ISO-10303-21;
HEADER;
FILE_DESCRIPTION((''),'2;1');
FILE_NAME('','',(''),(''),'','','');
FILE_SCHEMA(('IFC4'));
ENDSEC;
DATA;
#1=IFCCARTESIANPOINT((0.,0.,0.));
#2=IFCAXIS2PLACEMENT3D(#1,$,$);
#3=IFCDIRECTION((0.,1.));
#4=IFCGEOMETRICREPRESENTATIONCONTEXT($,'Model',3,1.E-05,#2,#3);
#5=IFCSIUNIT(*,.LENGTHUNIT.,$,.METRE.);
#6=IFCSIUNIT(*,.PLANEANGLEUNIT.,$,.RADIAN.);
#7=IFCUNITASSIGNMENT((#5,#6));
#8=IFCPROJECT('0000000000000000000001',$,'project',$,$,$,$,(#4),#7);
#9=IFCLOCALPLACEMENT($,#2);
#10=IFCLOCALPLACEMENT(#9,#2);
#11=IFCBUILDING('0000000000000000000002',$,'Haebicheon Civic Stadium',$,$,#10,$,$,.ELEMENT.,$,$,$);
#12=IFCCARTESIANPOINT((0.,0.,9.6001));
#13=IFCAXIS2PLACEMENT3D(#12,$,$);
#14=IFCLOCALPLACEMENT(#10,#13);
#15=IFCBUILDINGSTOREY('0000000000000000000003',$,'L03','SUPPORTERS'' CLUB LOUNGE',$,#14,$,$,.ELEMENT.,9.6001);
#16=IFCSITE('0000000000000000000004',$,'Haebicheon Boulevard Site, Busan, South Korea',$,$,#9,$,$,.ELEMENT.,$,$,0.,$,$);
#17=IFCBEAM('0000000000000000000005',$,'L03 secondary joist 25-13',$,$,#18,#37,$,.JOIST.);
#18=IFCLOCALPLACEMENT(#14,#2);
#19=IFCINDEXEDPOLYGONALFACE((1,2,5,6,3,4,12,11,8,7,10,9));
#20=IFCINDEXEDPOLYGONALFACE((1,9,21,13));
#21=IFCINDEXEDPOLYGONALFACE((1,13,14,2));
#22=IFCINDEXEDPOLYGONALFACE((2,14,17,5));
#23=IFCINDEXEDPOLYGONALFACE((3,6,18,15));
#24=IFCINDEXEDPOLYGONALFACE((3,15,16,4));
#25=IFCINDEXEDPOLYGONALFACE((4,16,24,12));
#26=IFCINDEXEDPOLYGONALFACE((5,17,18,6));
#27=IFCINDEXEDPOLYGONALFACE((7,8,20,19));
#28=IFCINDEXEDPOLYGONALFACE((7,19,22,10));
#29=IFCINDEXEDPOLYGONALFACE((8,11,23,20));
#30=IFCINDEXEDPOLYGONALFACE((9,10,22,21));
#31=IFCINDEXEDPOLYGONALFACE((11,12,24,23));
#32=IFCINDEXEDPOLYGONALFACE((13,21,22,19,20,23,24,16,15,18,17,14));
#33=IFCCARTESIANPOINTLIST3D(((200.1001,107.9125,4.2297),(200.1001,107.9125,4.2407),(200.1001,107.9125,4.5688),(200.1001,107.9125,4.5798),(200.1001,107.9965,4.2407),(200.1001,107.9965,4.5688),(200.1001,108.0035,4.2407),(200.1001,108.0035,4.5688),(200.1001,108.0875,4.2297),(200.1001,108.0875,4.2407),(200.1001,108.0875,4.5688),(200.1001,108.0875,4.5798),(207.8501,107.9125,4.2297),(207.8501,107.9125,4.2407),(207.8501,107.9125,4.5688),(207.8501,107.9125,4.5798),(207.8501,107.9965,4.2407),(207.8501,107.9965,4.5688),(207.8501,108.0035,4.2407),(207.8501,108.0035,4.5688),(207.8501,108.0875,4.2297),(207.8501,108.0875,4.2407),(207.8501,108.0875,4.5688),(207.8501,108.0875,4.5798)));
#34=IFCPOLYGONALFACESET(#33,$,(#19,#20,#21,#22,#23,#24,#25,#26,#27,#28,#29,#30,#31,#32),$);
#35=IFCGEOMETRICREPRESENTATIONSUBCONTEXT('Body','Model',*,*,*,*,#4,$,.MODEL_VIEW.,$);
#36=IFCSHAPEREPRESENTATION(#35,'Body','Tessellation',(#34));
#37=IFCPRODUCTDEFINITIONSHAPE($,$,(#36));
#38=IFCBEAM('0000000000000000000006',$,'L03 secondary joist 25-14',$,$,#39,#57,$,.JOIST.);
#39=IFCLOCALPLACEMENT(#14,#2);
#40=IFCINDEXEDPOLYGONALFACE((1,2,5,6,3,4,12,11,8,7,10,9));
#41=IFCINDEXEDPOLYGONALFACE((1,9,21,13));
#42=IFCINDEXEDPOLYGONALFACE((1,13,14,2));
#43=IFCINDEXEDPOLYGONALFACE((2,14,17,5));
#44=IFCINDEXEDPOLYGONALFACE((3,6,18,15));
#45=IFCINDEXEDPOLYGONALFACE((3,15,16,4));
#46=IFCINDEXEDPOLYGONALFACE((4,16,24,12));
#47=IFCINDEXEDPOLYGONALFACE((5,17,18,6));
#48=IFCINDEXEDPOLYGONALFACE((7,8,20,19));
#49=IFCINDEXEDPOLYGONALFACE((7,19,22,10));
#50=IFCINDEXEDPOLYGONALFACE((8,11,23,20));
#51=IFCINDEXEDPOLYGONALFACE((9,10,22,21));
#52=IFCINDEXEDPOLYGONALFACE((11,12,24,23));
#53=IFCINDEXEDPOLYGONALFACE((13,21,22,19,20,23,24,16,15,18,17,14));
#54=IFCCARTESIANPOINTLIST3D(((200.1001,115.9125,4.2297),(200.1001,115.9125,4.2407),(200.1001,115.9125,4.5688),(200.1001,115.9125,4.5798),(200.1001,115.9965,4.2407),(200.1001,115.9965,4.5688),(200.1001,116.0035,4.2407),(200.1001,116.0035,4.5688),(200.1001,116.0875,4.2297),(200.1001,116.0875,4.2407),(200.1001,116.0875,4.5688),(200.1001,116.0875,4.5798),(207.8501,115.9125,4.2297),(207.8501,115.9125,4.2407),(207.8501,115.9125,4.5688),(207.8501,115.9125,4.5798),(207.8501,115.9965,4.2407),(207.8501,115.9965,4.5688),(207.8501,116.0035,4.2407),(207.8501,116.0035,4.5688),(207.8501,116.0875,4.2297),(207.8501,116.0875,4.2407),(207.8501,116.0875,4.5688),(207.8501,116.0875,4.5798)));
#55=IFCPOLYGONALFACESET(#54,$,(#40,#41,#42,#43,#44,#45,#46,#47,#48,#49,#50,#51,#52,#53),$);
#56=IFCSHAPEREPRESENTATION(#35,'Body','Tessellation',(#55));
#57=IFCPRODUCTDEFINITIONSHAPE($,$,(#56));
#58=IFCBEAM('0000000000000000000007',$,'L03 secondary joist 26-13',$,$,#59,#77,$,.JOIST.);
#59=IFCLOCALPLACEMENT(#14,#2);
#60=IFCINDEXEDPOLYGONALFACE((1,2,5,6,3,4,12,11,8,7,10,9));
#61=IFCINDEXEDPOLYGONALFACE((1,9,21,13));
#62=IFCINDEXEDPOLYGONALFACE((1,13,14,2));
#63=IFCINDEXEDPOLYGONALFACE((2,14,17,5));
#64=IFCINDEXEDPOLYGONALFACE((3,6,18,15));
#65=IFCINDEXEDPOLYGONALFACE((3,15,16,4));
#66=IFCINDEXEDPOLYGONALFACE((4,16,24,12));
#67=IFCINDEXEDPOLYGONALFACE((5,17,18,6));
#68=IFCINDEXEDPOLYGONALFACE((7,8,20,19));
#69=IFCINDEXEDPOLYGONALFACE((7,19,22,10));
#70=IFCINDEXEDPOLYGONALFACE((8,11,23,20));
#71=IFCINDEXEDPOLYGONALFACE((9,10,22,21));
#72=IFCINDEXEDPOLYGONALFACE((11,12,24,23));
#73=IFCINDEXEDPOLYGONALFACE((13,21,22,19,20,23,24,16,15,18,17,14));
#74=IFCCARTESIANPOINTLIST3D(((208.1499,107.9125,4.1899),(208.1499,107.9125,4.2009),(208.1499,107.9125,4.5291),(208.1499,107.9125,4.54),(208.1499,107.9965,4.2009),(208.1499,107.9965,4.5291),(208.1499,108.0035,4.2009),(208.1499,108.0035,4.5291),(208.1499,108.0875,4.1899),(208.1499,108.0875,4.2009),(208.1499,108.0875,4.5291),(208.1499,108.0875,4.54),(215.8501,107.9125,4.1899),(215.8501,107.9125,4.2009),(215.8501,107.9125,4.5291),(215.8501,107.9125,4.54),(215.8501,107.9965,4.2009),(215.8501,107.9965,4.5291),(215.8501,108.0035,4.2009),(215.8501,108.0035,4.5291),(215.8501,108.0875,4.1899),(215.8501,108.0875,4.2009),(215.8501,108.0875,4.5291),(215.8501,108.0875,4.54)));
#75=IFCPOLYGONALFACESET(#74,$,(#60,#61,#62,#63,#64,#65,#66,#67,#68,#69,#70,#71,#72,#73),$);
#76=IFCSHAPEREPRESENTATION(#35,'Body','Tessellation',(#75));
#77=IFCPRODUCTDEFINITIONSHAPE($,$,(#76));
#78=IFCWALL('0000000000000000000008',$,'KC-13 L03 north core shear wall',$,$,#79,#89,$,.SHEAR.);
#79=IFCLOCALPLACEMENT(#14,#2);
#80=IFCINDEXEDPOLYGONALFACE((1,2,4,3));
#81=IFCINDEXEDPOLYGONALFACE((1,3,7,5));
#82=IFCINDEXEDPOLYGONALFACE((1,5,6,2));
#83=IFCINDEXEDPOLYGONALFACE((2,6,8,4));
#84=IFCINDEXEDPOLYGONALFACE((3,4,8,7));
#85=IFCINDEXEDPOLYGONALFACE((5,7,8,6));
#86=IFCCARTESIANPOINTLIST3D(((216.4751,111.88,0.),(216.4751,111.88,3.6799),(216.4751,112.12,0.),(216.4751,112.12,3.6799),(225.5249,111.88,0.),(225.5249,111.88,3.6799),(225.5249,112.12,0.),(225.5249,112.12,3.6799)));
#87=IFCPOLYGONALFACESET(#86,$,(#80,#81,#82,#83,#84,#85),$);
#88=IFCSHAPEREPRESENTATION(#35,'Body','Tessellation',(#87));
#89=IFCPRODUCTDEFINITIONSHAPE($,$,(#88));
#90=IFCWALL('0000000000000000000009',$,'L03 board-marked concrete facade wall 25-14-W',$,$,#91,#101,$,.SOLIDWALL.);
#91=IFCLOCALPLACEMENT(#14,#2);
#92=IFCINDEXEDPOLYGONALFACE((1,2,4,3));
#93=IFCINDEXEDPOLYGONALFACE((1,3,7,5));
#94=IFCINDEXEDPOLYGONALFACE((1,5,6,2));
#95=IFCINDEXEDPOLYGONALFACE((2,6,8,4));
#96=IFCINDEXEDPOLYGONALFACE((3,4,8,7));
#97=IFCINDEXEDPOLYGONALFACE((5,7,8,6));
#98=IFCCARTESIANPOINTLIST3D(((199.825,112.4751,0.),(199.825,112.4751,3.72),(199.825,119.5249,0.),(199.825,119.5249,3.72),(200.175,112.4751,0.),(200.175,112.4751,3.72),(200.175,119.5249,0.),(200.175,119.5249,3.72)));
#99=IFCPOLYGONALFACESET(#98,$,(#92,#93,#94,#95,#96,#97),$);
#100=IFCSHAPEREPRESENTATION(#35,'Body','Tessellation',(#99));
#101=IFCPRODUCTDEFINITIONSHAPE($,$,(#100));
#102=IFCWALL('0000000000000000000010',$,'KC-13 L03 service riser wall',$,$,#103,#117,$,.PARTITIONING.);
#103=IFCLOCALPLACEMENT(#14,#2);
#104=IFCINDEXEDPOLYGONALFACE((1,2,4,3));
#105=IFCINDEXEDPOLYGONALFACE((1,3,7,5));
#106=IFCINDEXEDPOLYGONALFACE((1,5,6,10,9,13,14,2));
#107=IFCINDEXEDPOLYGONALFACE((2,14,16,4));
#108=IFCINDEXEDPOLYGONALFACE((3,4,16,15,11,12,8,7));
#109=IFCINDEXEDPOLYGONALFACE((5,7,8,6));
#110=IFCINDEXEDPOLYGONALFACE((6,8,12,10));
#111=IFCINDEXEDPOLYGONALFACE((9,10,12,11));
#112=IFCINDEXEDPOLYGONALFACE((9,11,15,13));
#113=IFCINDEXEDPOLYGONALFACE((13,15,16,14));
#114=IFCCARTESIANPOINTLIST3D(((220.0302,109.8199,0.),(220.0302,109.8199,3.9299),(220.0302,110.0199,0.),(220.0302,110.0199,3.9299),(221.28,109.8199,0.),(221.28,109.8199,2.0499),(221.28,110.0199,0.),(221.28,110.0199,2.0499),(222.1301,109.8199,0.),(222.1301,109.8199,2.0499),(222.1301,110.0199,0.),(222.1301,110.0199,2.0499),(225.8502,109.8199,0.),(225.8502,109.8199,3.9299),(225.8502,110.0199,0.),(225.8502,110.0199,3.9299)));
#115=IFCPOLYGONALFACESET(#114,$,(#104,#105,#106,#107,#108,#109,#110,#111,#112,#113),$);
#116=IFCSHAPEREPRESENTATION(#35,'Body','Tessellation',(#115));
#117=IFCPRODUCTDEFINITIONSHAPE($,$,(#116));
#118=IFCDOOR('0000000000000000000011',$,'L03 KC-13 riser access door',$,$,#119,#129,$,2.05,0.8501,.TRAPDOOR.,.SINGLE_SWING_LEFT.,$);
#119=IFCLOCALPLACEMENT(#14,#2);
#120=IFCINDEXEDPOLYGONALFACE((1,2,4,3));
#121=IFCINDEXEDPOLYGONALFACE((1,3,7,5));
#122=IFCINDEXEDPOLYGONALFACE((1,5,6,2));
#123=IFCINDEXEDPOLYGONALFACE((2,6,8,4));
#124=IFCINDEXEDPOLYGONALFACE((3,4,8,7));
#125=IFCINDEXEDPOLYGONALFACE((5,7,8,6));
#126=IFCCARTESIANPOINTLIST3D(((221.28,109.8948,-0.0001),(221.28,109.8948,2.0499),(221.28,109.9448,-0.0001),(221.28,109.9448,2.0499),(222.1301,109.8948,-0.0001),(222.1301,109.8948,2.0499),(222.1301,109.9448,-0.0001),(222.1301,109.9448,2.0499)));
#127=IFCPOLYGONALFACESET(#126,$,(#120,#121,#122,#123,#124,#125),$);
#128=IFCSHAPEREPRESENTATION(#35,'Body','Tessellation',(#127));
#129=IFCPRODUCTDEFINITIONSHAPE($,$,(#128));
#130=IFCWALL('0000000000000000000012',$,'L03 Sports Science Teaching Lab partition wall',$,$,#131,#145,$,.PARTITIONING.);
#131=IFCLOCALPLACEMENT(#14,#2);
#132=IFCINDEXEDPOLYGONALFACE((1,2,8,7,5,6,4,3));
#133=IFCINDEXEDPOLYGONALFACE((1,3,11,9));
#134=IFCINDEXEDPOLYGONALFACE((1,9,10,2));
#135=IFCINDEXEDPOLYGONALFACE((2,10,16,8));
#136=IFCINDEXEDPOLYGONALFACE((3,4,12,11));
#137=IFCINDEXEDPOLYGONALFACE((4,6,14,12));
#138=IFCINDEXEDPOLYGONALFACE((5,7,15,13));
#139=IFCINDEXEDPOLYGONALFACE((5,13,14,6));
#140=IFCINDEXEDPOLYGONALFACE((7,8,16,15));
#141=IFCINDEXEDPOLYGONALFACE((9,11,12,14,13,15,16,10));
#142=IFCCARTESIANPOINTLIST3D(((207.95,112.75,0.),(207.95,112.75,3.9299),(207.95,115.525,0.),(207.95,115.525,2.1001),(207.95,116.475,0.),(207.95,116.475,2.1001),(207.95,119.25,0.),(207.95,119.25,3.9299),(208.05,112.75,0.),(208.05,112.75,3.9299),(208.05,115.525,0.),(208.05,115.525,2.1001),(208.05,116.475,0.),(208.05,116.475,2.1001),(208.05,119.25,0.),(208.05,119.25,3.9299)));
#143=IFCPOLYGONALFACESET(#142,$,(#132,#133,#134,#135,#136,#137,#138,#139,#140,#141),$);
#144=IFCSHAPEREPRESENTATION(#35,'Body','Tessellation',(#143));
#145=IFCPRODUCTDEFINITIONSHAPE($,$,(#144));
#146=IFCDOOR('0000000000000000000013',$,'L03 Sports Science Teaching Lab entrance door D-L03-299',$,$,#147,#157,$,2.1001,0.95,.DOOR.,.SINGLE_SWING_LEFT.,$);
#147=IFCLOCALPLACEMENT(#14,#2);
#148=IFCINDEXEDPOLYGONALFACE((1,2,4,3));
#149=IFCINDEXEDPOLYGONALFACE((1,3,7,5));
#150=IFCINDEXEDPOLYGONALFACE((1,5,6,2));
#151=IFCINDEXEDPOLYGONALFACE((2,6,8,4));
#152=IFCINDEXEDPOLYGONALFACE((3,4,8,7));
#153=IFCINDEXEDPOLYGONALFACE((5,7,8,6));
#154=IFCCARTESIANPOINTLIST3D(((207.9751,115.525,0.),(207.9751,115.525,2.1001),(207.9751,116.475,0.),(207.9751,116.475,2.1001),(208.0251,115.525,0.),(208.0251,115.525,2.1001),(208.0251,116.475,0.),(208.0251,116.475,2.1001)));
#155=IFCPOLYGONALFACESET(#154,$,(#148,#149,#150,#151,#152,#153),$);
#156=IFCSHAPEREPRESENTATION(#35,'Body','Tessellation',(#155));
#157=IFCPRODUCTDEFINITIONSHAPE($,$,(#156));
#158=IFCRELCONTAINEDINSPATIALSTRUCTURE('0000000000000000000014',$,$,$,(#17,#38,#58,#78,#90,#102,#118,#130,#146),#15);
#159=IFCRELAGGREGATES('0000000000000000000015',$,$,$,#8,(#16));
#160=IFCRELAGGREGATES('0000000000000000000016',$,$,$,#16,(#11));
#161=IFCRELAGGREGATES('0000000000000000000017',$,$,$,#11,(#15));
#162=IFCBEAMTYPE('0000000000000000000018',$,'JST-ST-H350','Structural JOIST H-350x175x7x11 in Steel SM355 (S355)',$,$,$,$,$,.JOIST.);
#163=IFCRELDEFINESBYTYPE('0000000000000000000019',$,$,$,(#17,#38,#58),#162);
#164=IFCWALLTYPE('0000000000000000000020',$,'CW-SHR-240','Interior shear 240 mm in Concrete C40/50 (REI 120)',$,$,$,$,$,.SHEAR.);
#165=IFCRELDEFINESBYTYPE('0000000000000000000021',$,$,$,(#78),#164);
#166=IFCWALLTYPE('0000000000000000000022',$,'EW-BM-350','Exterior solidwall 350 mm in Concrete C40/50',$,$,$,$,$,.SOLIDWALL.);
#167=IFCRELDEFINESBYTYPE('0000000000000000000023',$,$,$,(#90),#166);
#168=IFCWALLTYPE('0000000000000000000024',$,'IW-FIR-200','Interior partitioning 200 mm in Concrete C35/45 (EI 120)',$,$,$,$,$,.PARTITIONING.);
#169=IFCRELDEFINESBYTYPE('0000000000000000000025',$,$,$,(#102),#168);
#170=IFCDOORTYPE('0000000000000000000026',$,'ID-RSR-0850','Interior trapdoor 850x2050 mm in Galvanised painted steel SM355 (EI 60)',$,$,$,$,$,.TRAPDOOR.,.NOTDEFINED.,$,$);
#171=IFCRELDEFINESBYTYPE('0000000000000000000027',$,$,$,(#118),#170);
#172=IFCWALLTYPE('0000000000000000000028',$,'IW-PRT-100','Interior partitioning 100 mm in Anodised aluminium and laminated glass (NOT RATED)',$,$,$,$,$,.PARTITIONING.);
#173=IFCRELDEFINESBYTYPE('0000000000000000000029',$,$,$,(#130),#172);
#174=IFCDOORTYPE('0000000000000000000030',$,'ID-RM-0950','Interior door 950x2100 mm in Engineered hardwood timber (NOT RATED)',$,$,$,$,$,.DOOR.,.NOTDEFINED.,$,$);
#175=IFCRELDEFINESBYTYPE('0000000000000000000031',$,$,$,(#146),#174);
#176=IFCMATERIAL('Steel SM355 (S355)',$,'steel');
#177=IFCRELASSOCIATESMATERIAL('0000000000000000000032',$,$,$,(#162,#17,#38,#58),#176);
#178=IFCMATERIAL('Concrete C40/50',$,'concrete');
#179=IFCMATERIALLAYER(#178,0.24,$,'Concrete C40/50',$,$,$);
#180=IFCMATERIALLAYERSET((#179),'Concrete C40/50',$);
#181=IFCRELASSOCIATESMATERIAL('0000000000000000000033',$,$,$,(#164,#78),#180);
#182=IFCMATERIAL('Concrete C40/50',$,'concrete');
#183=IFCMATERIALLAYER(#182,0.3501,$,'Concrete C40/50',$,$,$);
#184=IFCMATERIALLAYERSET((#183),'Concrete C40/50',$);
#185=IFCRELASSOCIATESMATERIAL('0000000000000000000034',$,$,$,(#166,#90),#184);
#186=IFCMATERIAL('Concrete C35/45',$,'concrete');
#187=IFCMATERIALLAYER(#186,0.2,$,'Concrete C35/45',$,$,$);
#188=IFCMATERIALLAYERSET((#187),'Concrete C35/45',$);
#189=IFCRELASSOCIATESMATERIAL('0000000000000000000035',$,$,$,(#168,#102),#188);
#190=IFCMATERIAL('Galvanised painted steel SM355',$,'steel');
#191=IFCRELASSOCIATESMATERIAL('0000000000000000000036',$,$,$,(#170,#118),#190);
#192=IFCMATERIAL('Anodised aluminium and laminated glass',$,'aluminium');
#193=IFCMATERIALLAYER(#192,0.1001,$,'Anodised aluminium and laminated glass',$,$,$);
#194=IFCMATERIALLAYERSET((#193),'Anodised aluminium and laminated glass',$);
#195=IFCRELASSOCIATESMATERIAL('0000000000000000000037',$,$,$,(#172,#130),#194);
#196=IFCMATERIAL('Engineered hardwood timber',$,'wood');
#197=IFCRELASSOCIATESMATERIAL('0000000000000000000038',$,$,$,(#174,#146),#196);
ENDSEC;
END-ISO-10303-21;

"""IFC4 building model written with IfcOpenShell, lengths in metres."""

from ifc_helpers import new_model, si_unit, direction, frame, frame_2d, origin, origin_2d, place, context, subcontext, project, spatial, rectangle, i_section, extrude, material, layer, layer_set, material_profile, profile_set, type_object, element, fill, save


model = new_model("IFC4")

# Units and contexts
model_context = context("Model", 3, precision=1e-05, world=origin(), true_north=direction((0.0, 1.0)))
body_context = subcontext(model_context, "Body", "Model", "MODEL_VIEW")
ifc_project = project(units=[si_unit("LENGTHUNIT", "METRE"), si_unit("PLANEANGLEUNIT", "RADIAN")], contexts=[model_context])

# Site, building, storey
site_placement = place(None, origin())
site = spatial("IfcSite", under=ifc_project, at=site_placement, Name="Haebicheon Boulevard Site, Busan, South Korea", CompositionType="ELEMENT", RefElevation=0.0)
building_placement = place(site_placement, origin())
building = spatial("IfcBuilding", under=site, at=building_placement, Name="Haebicheon Civic Stadium", CompositionType="ELEMENT")
storey_placement = place(building_placement, frame((0.0, 0.0, 9.6001)))
storey = spatial("IfcBuildingStorey", under=building, at=storey_placement, Name="L03", Description="SUPPORTERS' CLUB LOUNGE", CompositionType="ELEMENT", Elevation=9.6001)

# Beams
ifc_material_1 = material(Name="Steel SM355 (S355)", Category="steel")
ifc_material_profile_1 = material_profile(ifc_material_1, i_section(OverallWidth=0.175, OverallDepth=0.3501, WebThickness=0.0071, FlangeThickness=0.011, at=origin_2d()), Name="H-350x175x7x11")
ifc_profile_set_1 = profile_set([ifc_material_profile_1], Name="Steel SM355 (S355)")
beam_type_1 = type_object("IfcBeamType", Name="JST-ST-H350", Description="Structural JOIST H-350x175x7x11 in Steel SM355 (S355)", PredefinedType="JOIST", material=ifc_profile_set_1)
for number, where, z_axis, x_axis, name in (
    (1, (200.1001, 108.0, 4.4048), (1.0, 0.0, 0.0), (0.0, 1.0, 0.0), "L03 secondary joist 25-13"),
    (2, (200.1001, 116.0, 4.4048), (1.0, 0.0, 0.0), (0.0, 1.0, 0.0), "L03 secondary joist 25-14"),
):
    element("IfcBeam", number, at=place(storey_placement, frame(where, z_axis=z_axis, x_axis=x_axis)), inside=storey, type_object=beam_type_1, material=ifc_profile_set_1, Name=name, PredefinedType="JOIST", context=body_context, shape_type="SweptSolid", body=[
        extrude(i_section(OverallWidth=0.175, OverallDepth=0.3501, WebThickness=0.0071, FlangeThickness=0.011, at=origin_2d()), origin(), (0.0, 0.0, 1.0), 7.75),
    ])
beam_1_placement = place(storey_placement, frame((208.1499, 108.0, 4.365), z_axis=(1.0, 0.0, 0.0), x_axis=(0.0, 1.0, 0.0)))
element("IfcBeam", 3, at=beam_1_placement, inside=storey, type_object=beam_type_1, material=ifc_profile_set_1, Name="L03 secondary joist 26-13", PredefinedType="JOIST", context=body_context, shape_type="SweptSolid", body=[
    extrude(i_section(OverallWidth=0.175, OverallDepth=0.3501, WebThickness=0.0071, FlangeThickness=0.011, at=origin_2d()), origin(), (0.0, 0.0, 1.0), 7.7002),
])

# Walls
ifc_material_2 = material(Name="Concrete C40/50", Category="concrete")
ifc_layer_1 = layer(ifc_material_2, 0.24, Name="Concrete C40/50")
ifc_layer_set_1 = layer_set([ifc_layer_1], Name="Concrete C40/50")
wall_type_1 = type_object("IfcWallType", Name="CW-SHR-240", Description="Interior shear 240 mm in Concrete C40/50 (REI 120)", PredefinedType="SHEAR", material=ifc_layer_set_1)
wall_1_placement = place(storey_placement, frame((216.4751, 112.0, 0.0), z_axis=(0.0, 0.0, 1.0), x_axis=(1.0, 0.0, 0.0)))
element("IfcWall", 4, at=wall_1_placement, inside=storey, type_object=wall_type_1, material=ifc_layer_set_1, Name="KC-13 L03 north core shear wall", PredefinedType="SHEAR", context=body_context, shape_type="SweptSolid", body=[
    extrude(rectangle(XDim=9.0498, YDim=0.24, at=frame_2d((4.5249, 0.0))), origin(), (0.0, 0.0, 1.0), 3.6799),
])
ifc_material_3 = material(Name="Concrete C40/50", Category="concrete")
ifc_layer_2 = layer(ifc_material_3, 0.3501, Name="Concrete C40/50")
ifc_layer_set_2 = layer_set([ifc_layer_2], Name="Concrete C40/50")
wall_type_2 = type_object("IfcWallType", Name="EW-BM-350", Description="Exterior solidwall 350 mm in Concrete C40/50", PredefinedType="SOLIDWALL", material=ifc_layer_set_2)
wall_2_placement = place(storey_placement, frame((200.0, 112.4751, 0.0), z_axis=(0.0, 0.0, 1.0), x_axis=(0.0, 1.0, 0.0)))
element("IfcWall", 5, at=wall_2_placement, inside=storey, type_object=wall_type_2, material=ifc_layer_set_2, Name="L03 board-marked concrete facade wall 25-14-W", PredefinedType="SOLIDWALL", context=body_context, shape_type="SweptSolid", body=[
    extrude(rectangle(XDim=7.0498, YDim=0.3501, at=frame_2d((3.5249, 0.0))), origin(), (0.0, 0.0, 1.0), 3.72),
])

# Walls, openings, doors
ifc_material_4 = material(Name="Concrete C35/45", Category="concrete")
ifc_layer_3 = layer(ifc_material_4, 0.2, Name="Concrete C35/45")
ifc_layer_set_3 = layer_set([ifc_layer_3], Name="Concrete C35/45")
wall_type_3 = type_object("IfcWallType", Name="IW-FIR-200", Description="Interior partitioning 200 mm in Concrete C35/45 (EI 120)", PredefinedType="PARTITIONING", material=ifc_layer_set_3)
wall_3_placement = place(storey_placement, frame((220.03, 109.9199, 0.0), z_axis=(0.0, 0.0, 1.0), x_axis=(1.0, 0.0, 0.0)))
wall_3 = element("IfcWall", 6, at=wall_3_placement, inside=storey, type_object=wall_type_3, material=ifc_layer_set_3, Name="KC-13 L03 service riser wall", PredefinedType="PARTITIONING", context=body_context, shape_type="SweptSolid", body=[
    extrude(rectangle(XDim=5.8201, YDim=0.2, at=frame_2d((2.9102, 0.0))), origin(), (0.0, 0.0, 1.0), 3.9299),
])
opening_1_placement = place(wall_3_placement, frame((1.25, 0.0, 0.0)))
opening_1 = element("IfcOpeningElement", 7, at=opening_1_placement, cuts=wall_3, PredefinedType="OPENING", context=body_context, shape_type="SweptSolid", body=[
    extrude(rectangle(XDim=0.8501, YDim=2.05, at=frame_2d((0.425, 1.0249))), frame((0.0, 0.1099, 0.0), z_axis=(0.0, -1.0, 0.0), x_axis=(1.0, 0.0, 0.0)), (0.0, 0.0, 1.0), 0.22),
])
ifc_material_5 = material(Name="Galvanised painted steel SM355", Category="steel")
door_type_1 = type_object("IfcDoorType", Name="ID-RSR-0850", Description="Interior trapdoor 850x2050 mm in Galvanised painted steel SM355 (EI 60)", OperationType="NOTDEFINED", PredefinedType="TRAPDOOR", material=ifc_material_5)
door_1_placement = place(opening_1_placement, origin())
door_1 = element("IfcDoor", 8, at=door_1_placement, inside=storey, type_object=door_type_1, material=ifc_material_5, Name="L03 KC-13 riser access door", OperationType="SINGLE_SWING_LEFT", OverallHeight=2.05, OverallWidth=0.8501, PredefinedType="TRAPDOOR", context=body_context, shape_type="SweptSolid", body=[
    extrude(rectangle(XDim=0.8501, YDim=2.05, at=frame_2d((0.425, 1.0249))), frame((0.0, 0.0249, 0.0), z_axis=(0.0, -1.0, 0.0), x_axis=(1.0, 0.0, 0.0)), (0.0, 0.0, 1.0), 0.05),
])
fill(opening_1, door_1)
ifc_material_6 = material(Name="Anodised aluminium and laminated glass", Category="aluminium")
ifc_layer_4 = layer(ifc_material_6, 0.1001, Name="Anodised aluminium and laminated glass")
ifc_layer_set_4 = layer_set([ifc_layer_4], Name="Anodised aluminium and laminated glass")
wall_type_4 = type_object("IfcWallType", Name="IW-PRT-100", Description="Interior partitioning 100 mm in Anodised aluminium and laminated glass (NOT RATED)", PredefinedType="PARTITIONING", material=ifc_layer_set_4)
wall_4_placement = place(storey_placement, frame((208.0, 112.75, 0.0), z_axis=(0.0, 0.0, 1.0), x_axis=(0.0, 1.0, 0.0)))
wall_4 = element("IfcWall", 9, at=wall_4_placement, inside=storey, type_object=wall_type_4, material=ifc_layer_set_4, Name="L03 Sports Science Teaching Lab partition wall", PredefinedType="PARTITIONING", context=body_context, shape_type="SweptSolid", body=[
    extrude(rectangle(XDim=6.5, YDim=0.1001, at=frame_2d((3.25, 0.0))), origin(), (0.0, 0.0, 1.0), 3.9299),
])
opening_2_placement = place(wall_4_placement, frame((2.7749, 0.0, 0.0)))
opening_2 = element("IfcOpeningElement", 10, at=opening_2_placement, cuts=wall_4, PredefinedType="OPENING", context=body_context, shape_type="SweptSolid", body=[
    extrude(rectangle(XDim=0.95, YDim=2.1001, at=frame_2d((0.4751, 1.05))), frame((0.0, 0.0601, 0.0), z_axis=(0.0, -1.0, 0.0), x_axis=(1.0, 0.0, 0.0)), (0.0, 0.0, 1.0), 0.1201),
])
ifc_material_7 = material(Name="Engineered hardwood timber", Category="wood")
door_type_2 = type_object("IfcDoorType", Name="ID-RM-0950", Description="Interior door 950x2100 mm in Engineered hardwood timber (NOT RATED)", OperationType="NOTDEFINED", PredefinedType="DOOR", material=ifc_material_7)
door_2_placement = place(opening_2_placement, origin())
door_2 = element("IfcDoor", 11, at=door_2_placement, inside=storey, type_object=door_type_2, material=ifc_material_7, Name="L03 Sports Science Teaching Lab entrance door D-L03-299", OperationType="SINGLE_SWING_LEFT", OverallHeight=2.1001, OverallWidth=0.95, PredefinedType="DOOR", context=body_context, shape_type="SweptSolid", body=[
    extrude(rectangle(XDim=0.95, YDim=2.1001, at=frame_2d((0.4751, 1.05))), frame((0.0, 0.0249, 0.0), z_axis=(0.0, -1.0, 0.0), x_axis=(1.0, 0.0, 0.0)), (0.0, 0.0, 1.0), 0.05),
])
fill(opening_2, door_2)

save(model, "model.ifc")
